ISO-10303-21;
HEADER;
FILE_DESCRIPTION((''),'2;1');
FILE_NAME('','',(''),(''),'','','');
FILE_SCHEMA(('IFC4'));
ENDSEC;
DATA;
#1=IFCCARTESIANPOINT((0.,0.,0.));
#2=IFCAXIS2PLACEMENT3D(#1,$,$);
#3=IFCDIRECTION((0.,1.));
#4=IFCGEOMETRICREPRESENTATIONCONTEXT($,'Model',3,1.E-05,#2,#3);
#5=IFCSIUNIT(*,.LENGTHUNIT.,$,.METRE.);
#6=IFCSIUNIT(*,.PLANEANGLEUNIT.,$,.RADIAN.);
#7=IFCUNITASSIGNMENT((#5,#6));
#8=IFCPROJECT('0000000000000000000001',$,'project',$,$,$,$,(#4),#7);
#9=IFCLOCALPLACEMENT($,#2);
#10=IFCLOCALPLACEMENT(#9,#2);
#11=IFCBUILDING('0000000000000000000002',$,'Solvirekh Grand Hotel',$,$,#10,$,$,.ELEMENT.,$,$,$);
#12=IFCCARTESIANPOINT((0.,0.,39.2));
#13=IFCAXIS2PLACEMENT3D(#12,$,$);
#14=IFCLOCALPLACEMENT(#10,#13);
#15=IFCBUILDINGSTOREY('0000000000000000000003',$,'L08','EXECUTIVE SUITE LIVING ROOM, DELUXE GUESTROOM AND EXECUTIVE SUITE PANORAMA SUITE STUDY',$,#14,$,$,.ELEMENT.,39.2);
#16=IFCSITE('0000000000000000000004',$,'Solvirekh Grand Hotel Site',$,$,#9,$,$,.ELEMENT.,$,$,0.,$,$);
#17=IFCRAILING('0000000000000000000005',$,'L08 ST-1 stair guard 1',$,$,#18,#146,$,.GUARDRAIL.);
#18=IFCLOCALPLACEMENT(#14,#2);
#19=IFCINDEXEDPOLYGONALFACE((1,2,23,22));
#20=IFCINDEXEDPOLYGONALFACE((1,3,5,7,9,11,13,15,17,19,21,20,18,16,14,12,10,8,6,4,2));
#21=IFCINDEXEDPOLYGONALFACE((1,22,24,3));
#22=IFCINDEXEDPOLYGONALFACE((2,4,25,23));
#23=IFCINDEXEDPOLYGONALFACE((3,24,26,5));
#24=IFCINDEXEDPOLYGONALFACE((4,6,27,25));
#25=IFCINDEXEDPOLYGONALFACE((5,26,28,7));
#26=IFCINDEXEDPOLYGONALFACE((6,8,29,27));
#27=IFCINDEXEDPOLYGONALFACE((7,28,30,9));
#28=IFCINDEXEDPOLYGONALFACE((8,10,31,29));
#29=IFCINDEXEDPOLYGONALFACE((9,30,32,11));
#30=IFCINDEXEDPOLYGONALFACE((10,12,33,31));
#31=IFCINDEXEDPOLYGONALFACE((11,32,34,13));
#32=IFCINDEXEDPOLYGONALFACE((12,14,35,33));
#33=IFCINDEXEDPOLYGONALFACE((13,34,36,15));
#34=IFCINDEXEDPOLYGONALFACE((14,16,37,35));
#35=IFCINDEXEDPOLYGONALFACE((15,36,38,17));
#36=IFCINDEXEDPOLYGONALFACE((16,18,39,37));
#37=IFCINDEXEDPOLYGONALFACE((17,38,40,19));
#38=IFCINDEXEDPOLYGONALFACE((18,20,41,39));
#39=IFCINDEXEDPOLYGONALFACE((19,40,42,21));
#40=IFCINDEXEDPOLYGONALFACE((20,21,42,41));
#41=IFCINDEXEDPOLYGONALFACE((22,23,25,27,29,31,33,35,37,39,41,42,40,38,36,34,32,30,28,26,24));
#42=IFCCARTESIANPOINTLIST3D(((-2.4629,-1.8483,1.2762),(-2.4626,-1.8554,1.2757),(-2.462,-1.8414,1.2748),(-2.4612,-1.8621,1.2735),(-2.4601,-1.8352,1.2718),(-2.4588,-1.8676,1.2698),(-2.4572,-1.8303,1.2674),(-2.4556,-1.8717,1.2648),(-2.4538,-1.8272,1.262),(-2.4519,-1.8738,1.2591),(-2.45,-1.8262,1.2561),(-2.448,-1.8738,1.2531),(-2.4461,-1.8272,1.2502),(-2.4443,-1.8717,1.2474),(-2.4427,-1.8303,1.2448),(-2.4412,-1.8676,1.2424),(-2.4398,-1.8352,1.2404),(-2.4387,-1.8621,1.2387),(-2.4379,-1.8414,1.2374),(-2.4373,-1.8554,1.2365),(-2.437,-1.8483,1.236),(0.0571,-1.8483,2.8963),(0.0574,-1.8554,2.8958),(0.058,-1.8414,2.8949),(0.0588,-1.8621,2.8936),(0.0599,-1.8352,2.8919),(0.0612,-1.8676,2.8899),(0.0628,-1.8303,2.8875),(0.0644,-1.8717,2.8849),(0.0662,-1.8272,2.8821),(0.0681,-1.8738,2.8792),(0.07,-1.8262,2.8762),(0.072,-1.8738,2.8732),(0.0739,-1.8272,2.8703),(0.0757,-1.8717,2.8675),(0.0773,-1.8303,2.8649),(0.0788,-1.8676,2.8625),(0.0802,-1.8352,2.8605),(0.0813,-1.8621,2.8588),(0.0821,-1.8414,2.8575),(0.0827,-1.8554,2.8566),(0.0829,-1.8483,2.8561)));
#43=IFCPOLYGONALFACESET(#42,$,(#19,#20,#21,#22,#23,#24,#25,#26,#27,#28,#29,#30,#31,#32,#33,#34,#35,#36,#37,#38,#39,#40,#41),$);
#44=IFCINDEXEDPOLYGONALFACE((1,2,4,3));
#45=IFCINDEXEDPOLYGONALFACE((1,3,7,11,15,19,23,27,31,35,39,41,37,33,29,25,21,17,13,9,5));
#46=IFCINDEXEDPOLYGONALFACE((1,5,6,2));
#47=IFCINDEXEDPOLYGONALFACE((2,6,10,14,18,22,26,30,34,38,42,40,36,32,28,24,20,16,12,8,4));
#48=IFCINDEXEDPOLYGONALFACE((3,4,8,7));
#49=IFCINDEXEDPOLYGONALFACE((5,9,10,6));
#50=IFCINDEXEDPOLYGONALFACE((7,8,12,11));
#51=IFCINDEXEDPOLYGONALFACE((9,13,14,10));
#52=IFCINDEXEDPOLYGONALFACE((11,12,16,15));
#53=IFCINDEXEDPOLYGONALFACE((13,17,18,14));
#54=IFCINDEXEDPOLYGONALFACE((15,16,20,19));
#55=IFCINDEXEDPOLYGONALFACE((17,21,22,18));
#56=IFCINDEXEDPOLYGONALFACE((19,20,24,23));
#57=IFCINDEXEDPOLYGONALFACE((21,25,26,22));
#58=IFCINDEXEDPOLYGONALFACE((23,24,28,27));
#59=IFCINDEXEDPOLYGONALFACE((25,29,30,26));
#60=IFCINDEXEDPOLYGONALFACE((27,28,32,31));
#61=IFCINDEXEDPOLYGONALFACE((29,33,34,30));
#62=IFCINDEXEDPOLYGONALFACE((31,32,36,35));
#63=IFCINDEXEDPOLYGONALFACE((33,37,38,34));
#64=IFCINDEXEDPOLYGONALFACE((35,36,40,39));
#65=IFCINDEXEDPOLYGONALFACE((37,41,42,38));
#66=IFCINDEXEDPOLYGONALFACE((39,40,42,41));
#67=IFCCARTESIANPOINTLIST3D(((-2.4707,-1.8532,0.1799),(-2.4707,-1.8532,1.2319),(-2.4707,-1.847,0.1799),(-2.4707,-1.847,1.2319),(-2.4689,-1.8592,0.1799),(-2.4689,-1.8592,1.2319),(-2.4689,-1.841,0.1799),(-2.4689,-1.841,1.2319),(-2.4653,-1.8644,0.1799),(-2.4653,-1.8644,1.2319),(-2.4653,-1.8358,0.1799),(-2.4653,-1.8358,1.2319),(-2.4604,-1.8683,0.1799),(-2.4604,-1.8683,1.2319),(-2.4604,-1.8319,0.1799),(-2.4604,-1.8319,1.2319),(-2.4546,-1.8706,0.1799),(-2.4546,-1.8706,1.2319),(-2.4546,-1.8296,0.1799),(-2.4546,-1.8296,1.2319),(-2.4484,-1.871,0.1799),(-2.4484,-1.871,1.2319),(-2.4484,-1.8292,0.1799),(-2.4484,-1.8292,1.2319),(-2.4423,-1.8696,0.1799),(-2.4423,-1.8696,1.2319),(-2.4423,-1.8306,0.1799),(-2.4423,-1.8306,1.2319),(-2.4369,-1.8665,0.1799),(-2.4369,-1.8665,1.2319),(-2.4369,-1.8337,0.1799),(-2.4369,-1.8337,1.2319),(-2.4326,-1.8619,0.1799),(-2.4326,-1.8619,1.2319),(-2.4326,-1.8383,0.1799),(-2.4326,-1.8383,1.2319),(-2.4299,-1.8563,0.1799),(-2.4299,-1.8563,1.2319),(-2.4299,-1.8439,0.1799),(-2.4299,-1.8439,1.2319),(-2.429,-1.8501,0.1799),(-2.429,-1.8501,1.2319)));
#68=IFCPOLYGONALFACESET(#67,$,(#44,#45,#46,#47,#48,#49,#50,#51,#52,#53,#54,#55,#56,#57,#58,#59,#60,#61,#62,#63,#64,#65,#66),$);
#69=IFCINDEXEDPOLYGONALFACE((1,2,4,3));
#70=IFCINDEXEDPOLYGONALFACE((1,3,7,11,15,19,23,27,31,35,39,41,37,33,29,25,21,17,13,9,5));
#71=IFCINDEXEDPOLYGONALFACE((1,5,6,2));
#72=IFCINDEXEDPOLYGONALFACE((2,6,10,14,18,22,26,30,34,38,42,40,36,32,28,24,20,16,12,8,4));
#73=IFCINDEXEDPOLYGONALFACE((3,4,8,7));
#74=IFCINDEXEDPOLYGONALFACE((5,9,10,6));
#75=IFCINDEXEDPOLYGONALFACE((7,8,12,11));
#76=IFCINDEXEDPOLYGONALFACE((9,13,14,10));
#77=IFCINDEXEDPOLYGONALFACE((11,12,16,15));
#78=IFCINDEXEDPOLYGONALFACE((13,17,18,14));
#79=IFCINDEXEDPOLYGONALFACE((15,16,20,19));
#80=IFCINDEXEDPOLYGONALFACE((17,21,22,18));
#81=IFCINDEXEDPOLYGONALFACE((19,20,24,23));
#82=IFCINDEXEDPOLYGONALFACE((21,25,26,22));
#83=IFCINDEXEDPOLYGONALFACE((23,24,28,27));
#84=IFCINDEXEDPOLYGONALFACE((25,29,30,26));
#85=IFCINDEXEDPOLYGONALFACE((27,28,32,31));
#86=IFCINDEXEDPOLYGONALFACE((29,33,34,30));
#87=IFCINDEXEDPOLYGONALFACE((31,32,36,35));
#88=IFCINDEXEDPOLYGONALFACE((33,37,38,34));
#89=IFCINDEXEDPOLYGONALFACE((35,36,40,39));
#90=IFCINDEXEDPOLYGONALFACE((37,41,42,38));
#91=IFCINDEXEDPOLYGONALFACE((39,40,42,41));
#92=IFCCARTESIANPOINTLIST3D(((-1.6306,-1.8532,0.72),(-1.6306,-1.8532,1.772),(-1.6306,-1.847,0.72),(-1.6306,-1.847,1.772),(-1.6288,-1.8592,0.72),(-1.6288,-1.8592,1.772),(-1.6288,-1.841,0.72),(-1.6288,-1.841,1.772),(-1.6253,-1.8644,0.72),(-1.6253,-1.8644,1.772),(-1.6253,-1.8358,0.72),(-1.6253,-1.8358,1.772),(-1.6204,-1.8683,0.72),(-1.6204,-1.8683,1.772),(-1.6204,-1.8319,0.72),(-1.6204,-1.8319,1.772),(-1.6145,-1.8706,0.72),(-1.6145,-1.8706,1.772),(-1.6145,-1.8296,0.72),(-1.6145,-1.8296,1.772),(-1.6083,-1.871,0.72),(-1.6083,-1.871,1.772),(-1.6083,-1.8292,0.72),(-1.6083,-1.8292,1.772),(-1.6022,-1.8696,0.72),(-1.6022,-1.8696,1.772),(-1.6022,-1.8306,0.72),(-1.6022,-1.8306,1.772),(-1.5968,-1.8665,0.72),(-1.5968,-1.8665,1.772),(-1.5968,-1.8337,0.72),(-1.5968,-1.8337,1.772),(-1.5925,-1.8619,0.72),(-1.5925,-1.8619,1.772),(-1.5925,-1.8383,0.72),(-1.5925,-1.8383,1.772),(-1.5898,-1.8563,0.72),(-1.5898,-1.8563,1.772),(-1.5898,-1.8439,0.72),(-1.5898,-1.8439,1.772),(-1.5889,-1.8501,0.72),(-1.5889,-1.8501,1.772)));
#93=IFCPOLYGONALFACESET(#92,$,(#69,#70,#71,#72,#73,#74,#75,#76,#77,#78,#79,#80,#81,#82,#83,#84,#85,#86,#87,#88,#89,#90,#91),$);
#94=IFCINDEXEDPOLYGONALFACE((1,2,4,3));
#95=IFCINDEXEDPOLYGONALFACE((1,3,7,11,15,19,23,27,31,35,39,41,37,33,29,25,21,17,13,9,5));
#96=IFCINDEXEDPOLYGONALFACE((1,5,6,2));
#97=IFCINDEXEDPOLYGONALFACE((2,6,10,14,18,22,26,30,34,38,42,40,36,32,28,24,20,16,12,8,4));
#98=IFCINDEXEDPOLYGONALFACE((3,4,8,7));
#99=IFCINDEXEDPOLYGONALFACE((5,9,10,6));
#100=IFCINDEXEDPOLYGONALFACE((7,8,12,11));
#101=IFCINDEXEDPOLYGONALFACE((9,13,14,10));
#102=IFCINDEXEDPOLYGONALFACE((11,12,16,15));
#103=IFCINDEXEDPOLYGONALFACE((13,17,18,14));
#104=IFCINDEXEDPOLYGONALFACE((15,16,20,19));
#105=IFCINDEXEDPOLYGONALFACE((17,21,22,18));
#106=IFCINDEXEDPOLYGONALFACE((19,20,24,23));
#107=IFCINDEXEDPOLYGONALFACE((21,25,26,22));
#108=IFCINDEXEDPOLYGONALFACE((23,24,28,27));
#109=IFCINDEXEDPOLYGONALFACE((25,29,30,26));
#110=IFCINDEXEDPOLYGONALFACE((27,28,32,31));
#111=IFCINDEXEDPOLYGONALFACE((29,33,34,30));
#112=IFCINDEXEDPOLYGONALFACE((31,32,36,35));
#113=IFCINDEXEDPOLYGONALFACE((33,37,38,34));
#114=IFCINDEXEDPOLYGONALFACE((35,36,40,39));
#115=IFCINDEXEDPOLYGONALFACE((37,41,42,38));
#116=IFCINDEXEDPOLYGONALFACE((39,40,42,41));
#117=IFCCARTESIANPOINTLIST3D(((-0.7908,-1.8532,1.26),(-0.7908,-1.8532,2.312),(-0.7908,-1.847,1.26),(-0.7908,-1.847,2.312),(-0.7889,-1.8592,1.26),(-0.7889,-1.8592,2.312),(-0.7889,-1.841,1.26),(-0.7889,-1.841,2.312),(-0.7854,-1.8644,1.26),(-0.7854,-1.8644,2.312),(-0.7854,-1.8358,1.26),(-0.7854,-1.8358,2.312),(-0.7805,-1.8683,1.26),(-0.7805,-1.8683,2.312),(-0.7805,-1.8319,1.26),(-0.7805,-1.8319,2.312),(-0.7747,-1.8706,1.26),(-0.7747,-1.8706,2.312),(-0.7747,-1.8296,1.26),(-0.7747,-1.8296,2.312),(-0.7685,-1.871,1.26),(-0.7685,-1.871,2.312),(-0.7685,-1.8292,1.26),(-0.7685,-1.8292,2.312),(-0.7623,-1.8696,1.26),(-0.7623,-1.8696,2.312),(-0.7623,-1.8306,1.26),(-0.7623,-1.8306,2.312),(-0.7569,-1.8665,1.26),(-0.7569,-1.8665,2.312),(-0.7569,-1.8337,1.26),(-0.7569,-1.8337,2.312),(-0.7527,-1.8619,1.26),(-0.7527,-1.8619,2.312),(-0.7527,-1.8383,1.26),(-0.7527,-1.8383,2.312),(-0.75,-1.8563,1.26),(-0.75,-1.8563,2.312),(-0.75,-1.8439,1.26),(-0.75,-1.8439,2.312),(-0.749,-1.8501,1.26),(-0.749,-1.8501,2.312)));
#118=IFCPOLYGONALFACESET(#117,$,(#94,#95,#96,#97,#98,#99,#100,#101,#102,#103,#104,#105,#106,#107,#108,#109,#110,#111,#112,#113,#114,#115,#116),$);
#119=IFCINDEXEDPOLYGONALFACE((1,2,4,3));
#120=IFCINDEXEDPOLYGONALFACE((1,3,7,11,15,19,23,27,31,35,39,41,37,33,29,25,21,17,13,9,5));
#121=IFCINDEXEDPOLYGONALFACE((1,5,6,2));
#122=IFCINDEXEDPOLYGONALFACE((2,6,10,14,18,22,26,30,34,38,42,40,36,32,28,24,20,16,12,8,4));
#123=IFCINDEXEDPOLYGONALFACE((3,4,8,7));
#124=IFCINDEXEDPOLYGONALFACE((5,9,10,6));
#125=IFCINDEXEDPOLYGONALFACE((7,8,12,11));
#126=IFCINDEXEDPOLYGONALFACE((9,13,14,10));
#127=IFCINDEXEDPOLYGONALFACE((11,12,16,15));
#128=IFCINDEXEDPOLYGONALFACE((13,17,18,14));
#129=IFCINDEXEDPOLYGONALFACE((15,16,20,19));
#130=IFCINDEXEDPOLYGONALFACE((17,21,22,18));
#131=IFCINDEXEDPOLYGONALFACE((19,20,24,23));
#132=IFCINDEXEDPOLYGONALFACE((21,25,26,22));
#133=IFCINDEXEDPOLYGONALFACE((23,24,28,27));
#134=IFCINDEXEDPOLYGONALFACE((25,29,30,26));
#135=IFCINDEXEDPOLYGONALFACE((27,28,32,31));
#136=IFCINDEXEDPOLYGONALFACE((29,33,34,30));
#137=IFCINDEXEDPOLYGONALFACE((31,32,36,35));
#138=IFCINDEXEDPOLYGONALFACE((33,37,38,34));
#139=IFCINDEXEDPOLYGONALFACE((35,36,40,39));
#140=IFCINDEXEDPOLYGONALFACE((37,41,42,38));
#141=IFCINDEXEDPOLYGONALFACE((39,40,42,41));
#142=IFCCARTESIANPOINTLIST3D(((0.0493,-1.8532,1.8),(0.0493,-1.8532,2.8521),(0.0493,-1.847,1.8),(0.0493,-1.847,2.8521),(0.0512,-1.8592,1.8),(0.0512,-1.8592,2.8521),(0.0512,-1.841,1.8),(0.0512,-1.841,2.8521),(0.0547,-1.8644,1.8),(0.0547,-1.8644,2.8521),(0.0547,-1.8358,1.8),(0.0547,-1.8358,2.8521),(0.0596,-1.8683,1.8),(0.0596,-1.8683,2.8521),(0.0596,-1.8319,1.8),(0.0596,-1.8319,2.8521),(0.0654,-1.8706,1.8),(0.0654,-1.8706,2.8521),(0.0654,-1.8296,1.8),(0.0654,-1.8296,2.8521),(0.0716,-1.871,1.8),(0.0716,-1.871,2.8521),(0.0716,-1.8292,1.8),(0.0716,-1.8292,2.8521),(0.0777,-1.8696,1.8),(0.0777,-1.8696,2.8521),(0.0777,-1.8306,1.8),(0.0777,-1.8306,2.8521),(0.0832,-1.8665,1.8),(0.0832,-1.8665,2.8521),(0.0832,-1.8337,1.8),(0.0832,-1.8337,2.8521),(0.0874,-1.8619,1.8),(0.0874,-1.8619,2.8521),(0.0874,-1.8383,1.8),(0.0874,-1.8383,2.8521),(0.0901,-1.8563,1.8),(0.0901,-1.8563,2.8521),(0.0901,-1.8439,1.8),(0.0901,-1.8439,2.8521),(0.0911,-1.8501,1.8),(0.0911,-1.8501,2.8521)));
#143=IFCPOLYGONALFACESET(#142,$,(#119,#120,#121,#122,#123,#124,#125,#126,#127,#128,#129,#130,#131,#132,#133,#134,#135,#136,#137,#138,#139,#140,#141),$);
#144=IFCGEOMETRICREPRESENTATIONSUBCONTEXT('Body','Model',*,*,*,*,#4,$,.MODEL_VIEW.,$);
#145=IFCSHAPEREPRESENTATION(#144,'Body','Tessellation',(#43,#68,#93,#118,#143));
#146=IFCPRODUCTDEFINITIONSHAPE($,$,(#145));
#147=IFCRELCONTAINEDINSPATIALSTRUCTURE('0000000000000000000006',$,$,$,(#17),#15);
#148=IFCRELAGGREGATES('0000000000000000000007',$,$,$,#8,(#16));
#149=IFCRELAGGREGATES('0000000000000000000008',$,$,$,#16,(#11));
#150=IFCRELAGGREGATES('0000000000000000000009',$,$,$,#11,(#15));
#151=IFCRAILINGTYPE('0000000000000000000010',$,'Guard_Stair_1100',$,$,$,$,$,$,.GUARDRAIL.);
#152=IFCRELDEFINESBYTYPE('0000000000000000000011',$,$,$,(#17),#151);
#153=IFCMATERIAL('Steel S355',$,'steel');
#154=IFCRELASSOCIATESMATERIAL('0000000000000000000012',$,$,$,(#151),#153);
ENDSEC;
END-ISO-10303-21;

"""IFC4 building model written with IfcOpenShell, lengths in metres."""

from ifc_helpers import new_model, si_unit, direction, frame, origin, origin_2d, place, context, subcontext, project, spatial, circle, extrude, material, type_object, element, save


model = new_model("IFC4")

# Units and contexts
model_context = context("Model", 3, precision=1e-05, world=origin(), true_north=direction((0.0, 1.0)))
body_context = subcontext(model_context, "Body", "Model", "MODEL_VIEW")
ifc_project = project(units=[si_unit("LENGTHUNIT", "METRE"), si_unit("PLANEANGLEUNIT", "RADIAN")], contexts=[model_context])

# Site, building, storey
site_placement = place(None, origin())
site = spatial("IfcSite", under=ifc_project, at=site_placement, Name="Solvirekh Grand Hotel Site", CompositionType="ELEMENT", RefElevation=0.0)
building_placement = place(site_placement, origin())
building = spatial("IfcBuilding", under=site, at=building_placement, Name="Solvirekh Grand Hotel", CompositionType="ELEMENT")
storey_placement = place(building_placement, frame((0.0, 0.0, 39.2)))
storey = spatial("IfcBuildingStorey", under=building, at=storey_placement, Name="L08", Description="EXECUTIVE SUITE LIVING ROOM, DELUXE GUESTROOM AND EXECUTIVE SUITE PANORAMA SUITE STUDY", CompositionType="ELEMENT", Elevation=39.2)

# Railing
ifc_material_1 = material(Name="Steel S355", Category="steel")
railing_type_1 = type_object("IfcRailingType", Name="Guard_Stair_1100", PredefinedType="GUARDRAIL", material=ifc_material_1)
railing_1_placement = place(storey_placement, frame((-2.45, -1.8501, 0.1799)))
element("IfcRailing", 1, at=railing_1_placement, inside=storey, type_object=railing_type_1, Name="L08 ST-1 stair guard 1", PredefinedType="GUARDRAIL", context=body_context, shape_type="SweptSolid", body=[
    extrude(circle(Radius=0.0239, at=origin_2d()), frame((0.0, 0.0, 1.0762), z_axis=(0.841163, 0.0, 0.540782), x_axis=(0.0, 1.0, 0.0)), (0.0, 0.0, 1.0), 2.9958),
    extrude(circle(Radius=0.021, at=origin_2d()), origin(), (0.0, 0.0, 1.0), 1.052),
    extrude(circle(Radius=0.021, at=origin_2d()), frame((0.8401, 0.0, 0.54)), (0.0, 0.0, 1.0), 1.052),
    extrude(circle(Radius=0.021, at=origin_2d()), frame((1.6799, 0.0, 1.0801)), (0.0, 0.0, 1.0), 1.052),
    extrude(circle(Radius=0.021, at=origin_2d()), frame((2.52, 0.0, 1.6201)), (0.0, 0.0, 1.0), 1.052),
])

save(model, "model.ifc")
